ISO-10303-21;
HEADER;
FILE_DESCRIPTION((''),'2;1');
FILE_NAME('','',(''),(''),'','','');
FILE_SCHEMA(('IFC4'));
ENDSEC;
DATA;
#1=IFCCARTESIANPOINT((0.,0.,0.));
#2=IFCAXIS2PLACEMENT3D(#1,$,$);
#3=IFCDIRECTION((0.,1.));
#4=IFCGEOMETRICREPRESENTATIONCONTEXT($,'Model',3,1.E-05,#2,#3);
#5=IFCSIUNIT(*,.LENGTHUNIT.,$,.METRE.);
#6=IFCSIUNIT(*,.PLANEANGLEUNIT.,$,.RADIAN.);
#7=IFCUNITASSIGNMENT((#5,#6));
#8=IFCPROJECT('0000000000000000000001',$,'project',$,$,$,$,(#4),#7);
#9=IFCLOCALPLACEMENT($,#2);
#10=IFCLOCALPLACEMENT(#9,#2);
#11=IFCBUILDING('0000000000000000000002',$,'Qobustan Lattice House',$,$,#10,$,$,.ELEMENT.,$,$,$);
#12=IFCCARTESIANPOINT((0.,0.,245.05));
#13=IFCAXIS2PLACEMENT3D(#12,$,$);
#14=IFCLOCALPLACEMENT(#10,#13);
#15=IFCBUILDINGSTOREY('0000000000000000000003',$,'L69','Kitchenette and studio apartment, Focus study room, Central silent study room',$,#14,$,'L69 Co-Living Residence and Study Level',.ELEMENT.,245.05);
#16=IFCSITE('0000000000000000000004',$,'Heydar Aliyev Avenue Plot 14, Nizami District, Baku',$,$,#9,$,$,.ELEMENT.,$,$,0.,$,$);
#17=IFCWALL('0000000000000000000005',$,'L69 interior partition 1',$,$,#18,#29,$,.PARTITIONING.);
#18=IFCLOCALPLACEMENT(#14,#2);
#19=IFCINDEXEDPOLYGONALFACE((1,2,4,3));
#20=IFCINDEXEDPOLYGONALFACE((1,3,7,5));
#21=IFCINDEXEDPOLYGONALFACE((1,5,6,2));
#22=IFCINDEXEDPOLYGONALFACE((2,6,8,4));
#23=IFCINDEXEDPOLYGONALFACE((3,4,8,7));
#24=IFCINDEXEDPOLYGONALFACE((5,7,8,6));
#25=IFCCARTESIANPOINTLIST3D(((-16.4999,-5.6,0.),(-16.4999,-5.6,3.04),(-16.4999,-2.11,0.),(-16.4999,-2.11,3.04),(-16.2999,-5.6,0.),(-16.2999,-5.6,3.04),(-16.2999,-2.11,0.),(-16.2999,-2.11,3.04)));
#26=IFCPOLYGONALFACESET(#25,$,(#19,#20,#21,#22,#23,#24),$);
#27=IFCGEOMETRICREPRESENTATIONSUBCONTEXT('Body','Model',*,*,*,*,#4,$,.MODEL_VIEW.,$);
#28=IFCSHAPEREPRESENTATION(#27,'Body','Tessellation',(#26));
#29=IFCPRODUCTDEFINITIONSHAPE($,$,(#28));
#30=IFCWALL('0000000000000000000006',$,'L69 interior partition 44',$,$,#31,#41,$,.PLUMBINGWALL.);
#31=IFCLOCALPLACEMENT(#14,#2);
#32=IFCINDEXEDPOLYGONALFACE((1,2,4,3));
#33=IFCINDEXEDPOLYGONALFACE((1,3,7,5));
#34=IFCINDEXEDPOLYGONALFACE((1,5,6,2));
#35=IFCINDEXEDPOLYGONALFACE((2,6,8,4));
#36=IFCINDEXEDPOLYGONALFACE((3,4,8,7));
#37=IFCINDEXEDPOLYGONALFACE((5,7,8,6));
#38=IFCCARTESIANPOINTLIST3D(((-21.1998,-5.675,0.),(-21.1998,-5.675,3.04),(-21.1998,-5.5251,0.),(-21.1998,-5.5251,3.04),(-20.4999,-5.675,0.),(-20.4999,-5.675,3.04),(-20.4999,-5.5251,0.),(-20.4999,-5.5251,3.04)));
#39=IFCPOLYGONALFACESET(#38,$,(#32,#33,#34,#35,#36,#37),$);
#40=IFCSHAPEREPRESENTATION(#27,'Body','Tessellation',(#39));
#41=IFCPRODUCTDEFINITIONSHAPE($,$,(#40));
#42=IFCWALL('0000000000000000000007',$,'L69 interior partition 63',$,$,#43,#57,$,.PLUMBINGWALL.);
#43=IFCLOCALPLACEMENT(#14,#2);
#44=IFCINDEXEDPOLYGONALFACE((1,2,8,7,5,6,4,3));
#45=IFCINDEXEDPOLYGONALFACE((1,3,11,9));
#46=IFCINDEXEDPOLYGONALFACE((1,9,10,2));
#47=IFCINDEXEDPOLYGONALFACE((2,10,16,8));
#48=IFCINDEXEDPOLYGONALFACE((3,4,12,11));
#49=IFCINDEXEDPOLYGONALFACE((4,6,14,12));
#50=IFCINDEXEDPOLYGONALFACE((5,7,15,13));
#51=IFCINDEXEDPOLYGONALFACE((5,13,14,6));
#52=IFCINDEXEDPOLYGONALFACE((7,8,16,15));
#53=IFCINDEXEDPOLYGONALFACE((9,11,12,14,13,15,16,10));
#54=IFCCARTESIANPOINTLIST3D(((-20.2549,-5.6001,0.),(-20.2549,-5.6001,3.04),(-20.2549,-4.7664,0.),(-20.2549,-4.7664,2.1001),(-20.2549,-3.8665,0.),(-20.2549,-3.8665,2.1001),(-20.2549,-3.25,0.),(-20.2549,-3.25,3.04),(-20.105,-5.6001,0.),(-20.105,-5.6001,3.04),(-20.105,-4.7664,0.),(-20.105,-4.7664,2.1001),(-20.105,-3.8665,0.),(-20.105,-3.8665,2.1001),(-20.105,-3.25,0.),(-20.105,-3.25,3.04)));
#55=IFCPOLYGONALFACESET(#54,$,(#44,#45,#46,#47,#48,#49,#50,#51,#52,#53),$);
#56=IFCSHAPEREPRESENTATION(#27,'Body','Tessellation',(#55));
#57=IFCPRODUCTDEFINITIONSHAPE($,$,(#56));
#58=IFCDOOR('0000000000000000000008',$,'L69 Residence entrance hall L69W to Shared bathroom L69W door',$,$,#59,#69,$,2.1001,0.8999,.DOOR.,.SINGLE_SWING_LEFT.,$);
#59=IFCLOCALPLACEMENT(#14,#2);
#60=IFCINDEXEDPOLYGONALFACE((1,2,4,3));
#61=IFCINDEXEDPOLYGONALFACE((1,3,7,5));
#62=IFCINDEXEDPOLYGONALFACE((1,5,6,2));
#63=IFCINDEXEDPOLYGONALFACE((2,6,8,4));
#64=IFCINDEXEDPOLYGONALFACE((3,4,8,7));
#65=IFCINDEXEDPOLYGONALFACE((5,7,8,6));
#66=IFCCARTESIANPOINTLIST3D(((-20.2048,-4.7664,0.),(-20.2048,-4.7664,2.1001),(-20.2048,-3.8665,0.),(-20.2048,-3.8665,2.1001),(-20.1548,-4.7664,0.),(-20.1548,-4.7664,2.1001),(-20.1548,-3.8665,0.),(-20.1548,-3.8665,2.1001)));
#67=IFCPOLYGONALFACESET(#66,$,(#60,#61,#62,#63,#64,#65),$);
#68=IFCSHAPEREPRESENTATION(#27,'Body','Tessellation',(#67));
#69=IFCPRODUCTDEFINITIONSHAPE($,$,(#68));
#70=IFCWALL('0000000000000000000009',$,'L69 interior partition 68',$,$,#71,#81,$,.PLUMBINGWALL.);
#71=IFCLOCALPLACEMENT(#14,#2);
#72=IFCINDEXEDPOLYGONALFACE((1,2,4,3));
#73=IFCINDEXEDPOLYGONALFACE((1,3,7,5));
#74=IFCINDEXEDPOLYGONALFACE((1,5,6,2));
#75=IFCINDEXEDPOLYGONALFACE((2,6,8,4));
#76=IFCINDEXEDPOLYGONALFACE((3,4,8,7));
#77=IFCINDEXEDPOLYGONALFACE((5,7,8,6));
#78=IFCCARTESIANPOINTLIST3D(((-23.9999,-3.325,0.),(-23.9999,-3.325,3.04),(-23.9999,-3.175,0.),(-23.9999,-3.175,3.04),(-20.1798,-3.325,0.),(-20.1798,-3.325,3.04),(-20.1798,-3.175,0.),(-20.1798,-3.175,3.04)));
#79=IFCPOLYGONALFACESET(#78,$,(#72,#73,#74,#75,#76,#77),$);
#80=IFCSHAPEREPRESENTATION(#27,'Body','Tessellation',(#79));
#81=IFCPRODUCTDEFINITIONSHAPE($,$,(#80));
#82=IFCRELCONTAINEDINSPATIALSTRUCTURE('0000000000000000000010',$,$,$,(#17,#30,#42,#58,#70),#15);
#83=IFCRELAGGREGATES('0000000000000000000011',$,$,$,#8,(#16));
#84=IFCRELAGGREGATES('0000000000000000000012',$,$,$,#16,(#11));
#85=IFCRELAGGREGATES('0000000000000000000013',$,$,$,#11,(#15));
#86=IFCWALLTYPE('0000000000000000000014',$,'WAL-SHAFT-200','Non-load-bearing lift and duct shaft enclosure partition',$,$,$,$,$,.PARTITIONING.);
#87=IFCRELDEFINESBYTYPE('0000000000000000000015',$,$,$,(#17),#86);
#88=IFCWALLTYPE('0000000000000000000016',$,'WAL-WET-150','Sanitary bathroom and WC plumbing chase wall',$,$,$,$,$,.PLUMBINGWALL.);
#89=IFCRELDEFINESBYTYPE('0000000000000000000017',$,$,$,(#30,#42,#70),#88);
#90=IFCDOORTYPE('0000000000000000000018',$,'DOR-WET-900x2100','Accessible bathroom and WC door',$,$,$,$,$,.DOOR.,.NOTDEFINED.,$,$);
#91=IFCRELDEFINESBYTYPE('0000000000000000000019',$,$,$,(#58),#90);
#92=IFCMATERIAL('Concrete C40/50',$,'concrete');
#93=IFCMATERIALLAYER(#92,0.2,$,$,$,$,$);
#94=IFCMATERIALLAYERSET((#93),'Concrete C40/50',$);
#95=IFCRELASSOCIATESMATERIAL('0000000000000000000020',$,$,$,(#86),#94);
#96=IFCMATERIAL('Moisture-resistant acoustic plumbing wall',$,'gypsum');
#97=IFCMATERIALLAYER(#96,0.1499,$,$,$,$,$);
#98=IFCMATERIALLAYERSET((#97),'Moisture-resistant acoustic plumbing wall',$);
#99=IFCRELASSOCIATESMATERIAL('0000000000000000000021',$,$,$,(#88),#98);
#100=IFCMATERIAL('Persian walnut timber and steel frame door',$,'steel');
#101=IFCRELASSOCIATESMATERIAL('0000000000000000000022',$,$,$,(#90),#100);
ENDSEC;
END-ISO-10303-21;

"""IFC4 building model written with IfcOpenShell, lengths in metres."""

from ifc_helpers import new_model, si_unit, direction, frame, frame_2d, origin, place, context, subcontext, project, spatial, rectangle, extrude, material, layer, layer_set, type_object, element, fill, save


model = new_model("IFC4")

# Units and contexts
model_context = context("Model", 3, precision=1e-05, world=origin(), true_north=direction((0.0, 1.0)))
body_context = subcontext(model_context, "Body", "Model", "MODEL_VIEW")
ifc_project = project(units=[si_unit("LENGTHUNIT", "METRE"), si_unit("PLANEANGLEUNIT", "RADIAN")], contexts=[model_context])

# Site, building, storey
site_placement = place(None, origin())
site = spatial("IfcSite", under=ifc_project, at=site_placement, Name="Heydar Aliyev Avenue Plot 14, Nizami District, Baku", CompositionType="ELEMENT", RefElevation=0.0)
building_placement = place(site_placement, origin())
building = spatial("IfcBuilding", under=site, at=building_placement, Name="Qobustan Lattice House", CompositionType="ELEMENT")
storey_placement = place(building_placement, frame((0.0, 0.0, 245.05)))
storey = spatial("IfcBuildingStorey", under=building, at=storey_placement, Name="L69", Description="Kitchenette and studio apartment, Focus study room, Central silent study room", LongName="L69 Co-Living Residence and Study Level", CompositionType="ELEMENT", Elevation=245.05)

# Walls
ifc_material_1 = material(Name="Concrete C40/50", Category="concrete")
ifc_layer_1 = layer(ifc_material_1, 0.2)
ifc_layer_set_1 = layer_set([ifc_layer_1], Name="Concrete C40/50")
wall_type_1 = type_object("IfcWallType", Name="WAL-SHAFT-200", Description="Non-load-bearing lift and duct shaft enclosure partition", PredefinedType="PARTITIONING", material=ifc_layer_set_1)
wall_1_placement = place(storey_placement, frame((-16.3999, -5.6001, 0.0), z_axis=(0.0, 0.0, 1.0), x_axis=(0.0, 1.0, 0.0)))
element("IfcWall", 1, at=wall_1_placement, inside=storey, type_object=wall_type_1, Name="L69 interior partition 1", PredefinedType="PARTITIONING", context=body_context, shape_type="SweptSolid", body=[
    extrude(rectangle(XDim=3.49, YDim=0.2, at=frame_2d((1.7451, 0.0))), origin(), (0.0, 0.0, 1.0), 3.04),
])
ifc_material_2 = material(Name="Moisture-resistant acoustic plumbing wall", Category="gypsum")
ifc_layer_2 = layer(ifc_material_2, 0.1499)
ifc_layer_set_2 = layer_set([ifc_layer_2], Name="Moisture-resistant acoustic plumbing wall")
wall_type_2 = type_object("IfcWallType", Name="WAL-WET-150", Description="Sanitary bathroom and WC plumbing chase wall", PredefinedType="PLUMBINGWALL", material=ifc_layer_set_2)
wall_2_placement = place(storey_placement, frame((-21.2, -5.6001, 0.0), z_axis=(0.0, 0.0, 1.0), x_axis=(1.0, 0.0, 0.0)))
element("IfcWall", 2, at=wall_2_placement, inside=storey, type_object=wall_type_2, Name="L69 interior partition 44", PredefinedType="PLUMBINGWALL", context=body_context, shape_type="SweptSolid", body=[
    extrude(rectangle(XDim=0.7, YDim=0.1499, at=frame_2d((0.3501, 0.0))), origin(), (0.0, 0.0, 1.0), 3.04),
])

# Wall, opening, door
wall_3_placement = place(storey_placement, frame((-20.1799, -5.6001, 0.0), z_axis=(0.0, 0.0, 1.0), x_axis=(0.0, 1.0, 0.0)))
wall_3 = element("IfcWall", 3, at=wall_3_placement, inside=storey, type_object=wall_type_2, Name="L69 interior partition 63", PredefinedType="PLUMBINGWALL", context=body_context, shape_type="SweptSolid", body=[
    extrude(rectangle(XDim=2.3501, YDim=0.1499, at=frame_2d((1.175, 0.0))), origin(), (0.0, 0.0, 1.0), 3.04),
])
opening_1_placement = place(wall_3_placement, frame((0.8337, 0.0, 0.0)))
opening_1 = element("IfcOpeningElement", 4, at=opening_1_placement, cuts=wall_3, PredefinedType="OPENING", context=body_context, shape_type="SweptSolid", body=[
    extrude(rectangle(XDim=0.8999, YDim=2.1001, at=frame_2d((0.45, 1.05))), frame((0.0, 0.085, 0.0), z_axis=(0.0, -1.0, 0.0), x_axis=(1.0, 0.0, 0.0)), (0.0, 0.0, 1.0), 0.1699),
])
ifc_material_3 = material(Name="Persian walnut timber and steel frame door", Category="steel")
door_type_1 = type_object("IfcDoorType", Name="DOR-WET-900x2100", Description="Accessible bathroom and WC door", OperationType="NOTDEFINED", PredefinedType="DOOR", material=ifc_material_3)
door_1_placement = place(opening_1_placement, origin())
door_1 = element("IfcDoor", 5, at=door_1_placement, inside=storey, type_object=door_type_1, Name="L69 Residence entrance hall L69W to Shared bathroom L69W door", OperationType="SINGLE_SWING_LEFT", OverallHeight=2.1001, OverallWidth=0.8999, PredefinedType="DOOR", context=body_context, shape_type="SweptSolid", body=[
    extrude(rectangle(XDim=0.8999, YDim=2.1001, at=frame_2d((0.45, 1.05))), frame((0.0, 0.0249, 0.0), z_axis=(0.0, -1.0, 0.0), x_axis=(1.0, 0.0, 0.0)), (0.0, 0.0, 1.0), 0.05),
])
fill(opening_1, door_1)

# Wall
wall_4_placement = place(storey_placement, frame((-24.0, -3.25, 0.0), z_axis=(0.0, 0.0, 1.0), x_axis=(1.0, 0.0, 0.0)))
element("IfcWall", 6, at=wall_4_placement, inside=storey, type_object=wall_type_2, Name="L69 interior partition 68", PredefinedType="PLUMBINGWALL", context=body_context, shape_type="SweptSolid", body=[
    extrude(rectangle(XDim=3.8201, YDim=0.1499, at=frame_2d((1.9102, 0.0))), origin(), (0.0, 0.0, 1.0), 3.04),
])

save(model, "model.ifc")
